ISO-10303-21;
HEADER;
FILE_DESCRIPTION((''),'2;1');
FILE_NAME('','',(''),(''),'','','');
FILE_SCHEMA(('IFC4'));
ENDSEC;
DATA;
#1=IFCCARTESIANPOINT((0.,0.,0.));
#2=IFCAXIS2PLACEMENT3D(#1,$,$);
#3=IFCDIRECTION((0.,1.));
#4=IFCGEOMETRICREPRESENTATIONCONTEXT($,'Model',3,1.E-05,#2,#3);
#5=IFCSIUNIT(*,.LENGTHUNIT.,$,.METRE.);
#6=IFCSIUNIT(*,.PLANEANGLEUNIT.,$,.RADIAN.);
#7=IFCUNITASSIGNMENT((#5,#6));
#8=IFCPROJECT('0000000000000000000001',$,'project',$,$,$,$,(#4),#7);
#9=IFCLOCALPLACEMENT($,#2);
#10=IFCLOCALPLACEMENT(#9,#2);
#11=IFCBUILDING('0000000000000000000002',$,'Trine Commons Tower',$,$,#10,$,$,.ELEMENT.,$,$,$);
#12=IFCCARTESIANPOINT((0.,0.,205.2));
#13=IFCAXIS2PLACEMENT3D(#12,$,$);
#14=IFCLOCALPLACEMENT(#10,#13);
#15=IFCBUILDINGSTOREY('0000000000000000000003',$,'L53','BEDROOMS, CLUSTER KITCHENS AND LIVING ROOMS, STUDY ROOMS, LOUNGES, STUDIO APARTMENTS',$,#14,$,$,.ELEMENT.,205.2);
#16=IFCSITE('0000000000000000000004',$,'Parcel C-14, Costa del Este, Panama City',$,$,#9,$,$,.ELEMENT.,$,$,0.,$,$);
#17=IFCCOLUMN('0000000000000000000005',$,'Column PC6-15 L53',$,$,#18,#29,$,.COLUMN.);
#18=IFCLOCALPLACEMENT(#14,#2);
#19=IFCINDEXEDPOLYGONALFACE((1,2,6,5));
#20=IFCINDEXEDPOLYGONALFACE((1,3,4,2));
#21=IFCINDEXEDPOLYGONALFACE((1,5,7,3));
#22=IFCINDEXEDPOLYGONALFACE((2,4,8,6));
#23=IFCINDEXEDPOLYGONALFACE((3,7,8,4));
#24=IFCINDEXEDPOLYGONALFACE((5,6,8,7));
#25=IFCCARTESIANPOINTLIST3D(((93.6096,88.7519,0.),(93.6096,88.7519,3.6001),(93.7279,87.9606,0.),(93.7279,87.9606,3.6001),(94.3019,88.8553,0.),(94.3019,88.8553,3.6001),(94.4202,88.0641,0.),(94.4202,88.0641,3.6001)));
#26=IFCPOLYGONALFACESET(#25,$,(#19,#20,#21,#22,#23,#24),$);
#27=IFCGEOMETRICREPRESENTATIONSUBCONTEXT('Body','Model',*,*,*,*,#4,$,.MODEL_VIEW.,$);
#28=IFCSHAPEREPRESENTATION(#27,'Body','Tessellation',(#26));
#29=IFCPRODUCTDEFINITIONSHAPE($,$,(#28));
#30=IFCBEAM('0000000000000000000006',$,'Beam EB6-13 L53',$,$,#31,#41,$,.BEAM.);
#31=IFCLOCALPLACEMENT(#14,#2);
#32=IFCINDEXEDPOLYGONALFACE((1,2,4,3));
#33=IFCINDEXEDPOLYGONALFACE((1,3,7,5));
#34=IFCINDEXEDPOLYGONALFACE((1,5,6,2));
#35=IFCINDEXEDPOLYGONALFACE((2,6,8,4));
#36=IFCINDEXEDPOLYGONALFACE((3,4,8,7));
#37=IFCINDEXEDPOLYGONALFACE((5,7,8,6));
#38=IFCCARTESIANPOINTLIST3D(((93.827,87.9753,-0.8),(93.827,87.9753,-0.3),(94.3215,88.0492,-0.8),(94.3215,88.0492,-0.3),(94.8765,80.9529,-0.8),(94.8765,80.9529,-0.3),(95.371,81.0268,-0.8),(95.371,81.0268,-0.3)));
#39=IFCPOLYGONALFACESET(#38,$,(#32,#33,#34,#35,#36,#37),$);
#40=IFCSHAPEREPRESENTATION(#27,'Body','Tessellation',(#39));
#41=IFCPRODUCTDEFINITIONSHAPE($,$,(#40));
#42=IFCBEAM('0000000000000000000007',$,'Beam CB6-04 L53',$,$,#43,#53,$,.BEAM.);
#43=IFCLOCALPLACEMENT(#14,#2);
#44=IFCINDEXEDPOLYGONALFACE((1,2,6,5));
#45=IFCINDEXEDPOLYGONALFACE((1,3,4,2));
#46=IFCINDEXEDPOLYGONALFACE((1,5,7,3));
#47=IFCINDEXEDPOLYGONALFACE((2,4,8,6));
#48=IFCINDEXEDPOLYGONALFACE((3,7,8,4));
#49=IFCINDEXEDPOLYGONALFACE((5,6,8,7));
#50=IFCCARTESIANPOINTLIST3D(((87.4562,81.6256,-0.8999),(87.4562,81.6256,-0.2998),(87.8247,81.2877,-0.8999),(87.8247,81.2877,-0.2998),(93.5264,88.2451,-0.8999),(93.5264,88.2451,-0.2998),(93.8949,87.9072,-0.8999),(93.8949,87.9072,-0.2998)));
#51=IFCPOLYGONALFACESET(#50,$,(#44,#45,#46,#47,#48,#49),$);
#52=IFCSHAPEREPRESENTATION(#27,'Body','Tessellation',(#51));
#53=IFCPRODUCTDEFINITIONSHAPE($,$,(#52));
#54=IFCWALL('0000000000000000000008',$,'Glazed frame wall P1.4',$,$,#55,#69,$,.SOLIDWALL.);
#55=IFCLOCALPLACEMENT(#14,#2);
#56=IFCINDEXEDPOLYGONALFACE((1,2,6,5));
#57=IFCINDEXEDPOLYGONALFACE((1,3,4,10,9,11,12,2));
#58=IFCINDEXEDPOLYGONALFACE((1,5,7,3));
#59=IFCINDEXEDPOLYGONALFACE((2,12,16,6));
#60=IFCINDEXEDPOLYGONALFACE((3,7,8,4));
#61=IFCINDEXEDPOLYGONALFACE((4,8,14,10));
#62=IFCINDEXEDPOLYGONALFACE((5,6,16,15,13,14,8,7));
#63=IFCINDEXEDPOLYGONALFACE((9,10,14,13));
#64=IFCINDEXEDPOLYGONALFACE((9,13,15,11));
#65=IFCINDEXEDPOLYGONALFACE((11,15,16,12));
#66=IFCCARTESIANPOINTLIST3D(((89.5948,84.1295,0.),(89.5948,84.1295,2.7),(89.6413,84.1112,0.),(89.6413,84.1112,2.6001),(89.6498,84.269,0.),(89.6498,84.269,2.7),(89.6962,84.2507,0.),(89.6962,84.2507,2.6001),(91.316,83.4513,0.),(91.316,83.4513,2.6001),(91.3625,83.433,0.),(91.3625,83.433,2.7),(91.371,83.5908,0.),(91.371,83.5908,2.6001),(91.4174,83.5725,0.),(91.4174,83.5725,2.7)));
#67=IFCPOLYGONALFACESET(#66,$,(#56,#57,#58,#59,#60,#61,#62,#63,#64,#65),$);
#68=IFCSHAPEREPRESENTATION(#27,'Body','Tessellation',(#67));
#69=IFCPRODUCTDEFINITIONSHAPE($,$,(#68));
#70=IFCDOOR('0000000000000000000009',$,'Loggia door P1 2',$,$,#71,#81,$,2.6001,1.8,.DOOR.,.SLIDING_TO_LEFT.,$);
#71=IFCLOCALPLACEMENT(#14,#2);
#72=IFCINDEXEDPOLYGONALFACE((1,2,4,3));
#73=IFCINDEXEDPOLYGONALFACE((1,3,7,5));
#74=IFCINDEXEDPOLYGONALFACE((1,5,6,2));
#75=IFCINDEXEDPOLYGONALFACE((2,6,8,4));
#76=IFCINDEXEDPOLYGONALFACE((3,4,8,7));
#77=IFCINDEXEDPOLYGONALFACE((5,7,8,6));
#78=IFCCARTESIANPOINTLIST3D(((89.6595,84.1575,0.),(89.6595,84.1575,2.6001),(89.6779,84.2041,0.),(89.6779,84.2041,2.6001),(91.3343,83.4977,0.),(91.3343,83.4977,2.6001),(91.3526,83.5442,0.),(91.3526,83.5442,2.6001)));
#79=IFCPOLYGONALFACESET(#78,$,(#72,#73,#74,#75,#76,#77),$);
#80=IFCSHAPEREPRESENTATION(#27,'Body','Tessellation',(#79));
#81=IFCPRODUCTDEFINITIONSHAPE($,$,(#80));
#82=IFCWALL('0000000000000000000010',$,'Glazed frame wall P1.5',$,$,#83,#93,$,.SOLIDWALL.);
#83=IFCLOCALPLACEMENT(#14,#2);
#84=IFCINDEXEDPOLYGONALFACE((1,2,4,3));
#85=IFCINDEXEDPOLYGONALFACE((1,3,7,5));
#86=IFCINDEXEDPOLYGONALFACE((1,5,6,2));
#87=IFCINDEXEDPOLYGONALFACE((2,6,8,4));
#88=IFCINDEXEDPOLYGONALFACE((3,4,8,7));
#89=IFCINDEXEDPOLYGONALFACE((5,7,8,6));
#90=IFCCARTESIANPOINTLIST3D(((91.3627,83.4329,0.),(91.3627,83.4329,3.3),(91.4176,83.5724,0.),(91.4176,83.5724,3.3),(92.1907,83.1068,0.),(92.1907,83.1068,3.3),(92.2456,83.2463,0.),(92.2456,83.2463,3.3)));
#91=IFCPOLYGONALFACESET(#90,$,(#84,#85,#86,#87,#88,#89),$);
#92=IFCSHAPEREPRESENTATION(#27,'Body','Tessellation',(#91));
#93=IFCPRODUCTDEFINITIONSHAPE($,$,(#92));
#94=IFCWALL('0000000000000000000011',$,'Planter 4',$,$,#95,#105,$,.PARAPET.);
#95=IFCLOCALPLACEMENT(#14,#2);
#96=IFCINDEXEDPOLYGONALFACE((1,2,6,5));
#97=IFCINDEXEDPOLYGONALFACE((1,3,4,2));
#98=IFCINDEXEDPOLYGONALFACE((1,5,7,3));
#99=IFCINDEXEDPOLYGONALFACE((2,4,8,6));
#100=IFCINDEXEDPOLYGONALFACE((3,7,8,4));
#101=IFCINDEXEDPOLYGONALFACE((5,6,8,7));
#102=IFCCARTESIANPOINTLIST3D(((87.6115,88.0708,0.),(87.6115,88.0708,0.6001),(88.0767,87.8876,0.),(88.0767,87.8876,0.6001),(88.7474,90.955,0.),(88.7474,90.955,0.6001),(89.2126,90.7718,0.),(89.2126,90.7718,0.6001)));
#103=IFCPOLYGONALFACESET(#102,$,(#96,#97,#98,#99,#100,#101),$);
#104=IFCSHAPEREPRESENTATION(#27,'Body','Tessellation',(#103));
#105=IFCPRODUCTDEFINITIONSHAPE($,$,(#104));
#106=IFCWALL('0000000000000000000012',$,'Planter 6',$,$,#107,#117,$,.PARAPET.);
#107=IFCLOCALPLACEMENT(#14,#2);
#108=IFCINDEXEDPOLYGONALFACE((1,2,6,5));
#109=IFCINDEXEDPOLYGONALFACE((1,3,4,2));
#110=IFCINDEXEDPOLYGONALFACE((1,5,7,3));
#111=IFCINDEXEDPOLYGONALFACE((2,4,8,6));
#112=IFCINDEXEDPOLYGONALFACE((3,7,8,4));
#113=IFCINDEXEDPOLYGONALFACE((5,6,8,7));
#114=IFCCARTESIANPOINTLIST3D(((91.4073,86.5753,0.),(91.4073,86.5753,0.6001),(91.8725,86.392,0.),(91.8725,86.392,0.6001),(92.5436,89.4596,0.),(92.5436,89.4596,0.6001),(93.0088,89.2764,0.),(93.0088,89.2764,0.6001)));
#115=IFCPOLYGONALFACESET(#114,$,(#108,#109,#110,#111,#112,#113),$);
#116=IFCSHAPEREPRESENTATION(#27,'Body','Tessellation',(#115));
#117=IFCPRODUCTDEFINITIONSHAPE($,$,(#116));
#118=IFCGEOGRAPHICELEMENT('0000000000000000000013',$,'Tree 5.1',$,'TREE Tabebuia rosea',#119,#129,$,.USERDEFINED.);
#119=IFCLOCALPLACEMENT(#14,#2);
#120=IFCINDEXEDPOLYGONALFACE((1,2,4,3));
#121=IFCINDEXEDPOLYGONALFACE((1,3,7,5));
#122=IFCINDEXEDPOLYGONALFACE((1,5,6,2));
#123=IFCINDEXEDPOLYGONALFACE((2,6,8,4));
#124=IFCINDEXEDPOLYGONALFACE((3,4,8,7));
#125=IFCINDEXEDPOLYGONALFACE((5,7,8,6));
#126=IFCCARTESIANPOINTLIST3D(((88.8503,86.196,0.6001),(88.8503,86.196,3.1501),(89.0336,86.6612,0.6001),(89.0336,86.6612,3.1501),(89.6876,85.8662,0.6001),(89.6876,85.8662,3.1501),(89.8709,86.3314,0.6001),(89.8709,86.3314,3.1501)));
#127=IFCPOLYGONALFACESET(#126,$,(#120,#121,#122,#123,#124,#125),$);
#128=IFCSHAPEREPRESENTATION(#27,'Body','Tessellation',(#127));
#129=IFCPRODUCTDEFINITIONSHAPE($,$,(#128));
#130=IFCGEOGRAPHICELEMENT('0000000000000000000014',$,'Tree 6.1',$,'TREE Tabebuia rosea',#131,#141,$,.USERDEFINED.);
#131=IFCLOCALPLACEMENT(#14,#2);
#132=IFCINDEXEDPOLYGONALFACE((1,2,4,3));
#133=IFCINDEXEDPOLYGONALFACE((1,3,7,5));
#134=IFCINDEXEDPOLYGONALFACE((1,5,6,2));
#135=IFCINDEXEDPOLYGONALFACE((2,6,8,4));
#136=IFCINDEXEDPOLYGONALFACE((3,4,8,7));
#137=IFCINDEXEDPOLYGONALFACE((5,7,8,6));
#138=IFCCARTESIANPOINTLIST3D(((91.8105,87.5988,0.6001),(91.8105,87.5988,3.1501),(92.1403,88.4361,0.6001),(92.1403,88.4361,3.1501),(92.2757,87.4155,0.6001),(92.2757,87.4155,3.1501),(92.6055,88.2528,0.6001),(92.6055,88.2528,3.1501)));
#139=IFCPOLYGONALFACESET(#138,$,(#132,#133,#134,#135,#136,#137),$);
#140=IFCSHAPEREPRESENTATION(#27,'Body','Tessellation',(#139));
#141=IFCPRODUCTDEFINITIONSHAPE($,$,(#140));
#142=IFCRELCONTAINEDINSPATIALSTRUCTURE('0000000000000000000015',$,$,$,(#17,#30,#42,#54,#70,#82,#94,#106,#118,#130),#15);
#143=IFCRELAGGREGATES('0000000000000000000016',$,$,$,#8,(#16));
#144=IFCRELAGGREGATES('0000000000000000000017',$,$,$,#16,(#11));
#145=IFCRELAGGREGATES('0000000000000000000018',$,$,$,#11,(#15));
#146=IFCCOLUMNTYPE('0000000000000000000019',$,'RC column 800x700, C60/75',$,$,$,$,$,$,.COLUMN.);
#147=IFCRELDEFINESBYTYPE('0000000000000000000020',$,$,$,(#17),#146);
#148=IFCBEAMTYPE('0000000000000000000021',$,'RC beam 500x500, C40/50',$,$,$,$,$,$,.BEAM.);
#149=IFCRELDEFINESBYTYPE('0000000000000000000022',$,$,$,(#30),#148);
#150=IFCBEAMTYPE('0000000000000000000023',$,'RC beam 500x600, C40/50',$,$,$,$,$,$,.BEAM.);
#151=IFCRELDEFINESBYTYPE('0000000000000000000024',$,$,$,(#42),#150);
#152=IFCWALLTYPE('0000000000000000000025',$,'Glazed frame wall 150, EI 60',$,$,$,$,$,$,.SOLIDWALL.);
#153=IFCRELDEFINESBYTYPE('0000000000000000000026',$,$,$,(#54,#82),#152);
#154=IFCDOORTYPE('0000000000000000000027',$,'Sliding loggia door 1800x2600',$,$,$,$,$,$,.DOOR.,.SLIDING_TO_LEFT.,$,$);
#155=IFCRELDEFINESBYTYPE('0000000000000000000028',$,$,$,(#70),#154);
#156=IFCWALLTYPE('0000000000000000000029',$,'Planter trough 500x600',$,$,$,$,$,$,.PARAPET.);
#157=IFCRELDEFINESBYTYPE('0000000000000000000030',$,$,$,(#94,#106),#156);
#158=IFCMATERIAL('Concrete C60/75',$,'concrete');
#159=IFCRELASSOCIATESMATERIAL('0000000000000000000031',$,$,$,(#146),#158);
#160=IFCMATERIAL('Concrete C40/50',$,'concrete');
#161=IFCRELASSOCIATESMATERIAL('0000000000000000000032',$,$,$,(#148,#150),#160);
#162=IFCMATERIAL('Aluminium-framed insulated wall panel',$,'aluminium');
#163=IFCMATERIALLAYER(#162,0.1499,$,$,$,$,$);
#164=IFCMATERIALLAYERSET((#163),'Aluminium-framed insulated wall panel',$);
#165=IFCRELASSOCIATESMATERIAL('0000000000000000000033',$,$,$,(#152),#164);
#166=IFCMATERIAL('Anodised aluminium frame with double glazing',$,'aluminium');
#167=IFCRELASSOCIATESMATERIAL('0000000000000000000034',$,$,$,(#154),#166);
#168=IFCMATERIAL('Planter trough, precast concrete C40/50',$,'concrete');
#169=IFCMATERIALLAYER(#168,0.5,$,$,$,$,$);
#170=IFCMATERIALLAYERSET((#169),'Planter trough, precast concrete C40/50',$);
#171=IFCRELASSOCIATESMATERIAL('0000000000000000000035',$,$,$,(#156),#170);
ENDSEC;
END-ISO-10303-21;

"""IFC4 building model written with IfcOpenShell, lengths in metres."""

from ifc_helpers import new_model, si_unit, direction, frame, frame_2d, origin, origin_2d, place, context, subcontext, project, spatial, polyline, rectangle, outline, extrude, material, layer, layer_set, material_profile, profile_set, type_object, element, fill, save


model = new_model("IFC4")

# Units and contexts
model_context = context("Model", 3, precision=1e-05, world=origin(), true_north=direction((0.0, 1.0)))
body_context = subcontext(model_context, "Body", "Model", "MODEL_VIEW")
ifc_project = project(units=[si_unit("LENGTHUNIT", "METRE"), si_unit("PLANEANGLEUNIT", "RADIAN")], contexts=[model_context])

# Site, building, storey
site_placement = place(None, origin())
site = spatial("IfcSite", under=ifc_project, at=site_placement, Name="Parcel C-14, Costa del Este, Panama City", CompositionType="ELEMENT", RefElevation=0.0)
building_placement = place(site_placement, origin())
building = spatial("IfcBuilding", under=site, at=building_placement, Name="Trine Commons Tower", CompositionType="ELEMENT")
storey_placement = place(building_placement, frame((0.0, 0.0, 205.2)))
storey = spatial("IfcBuildingStorey", under=building, at=storey_placement, Name="L53", Description="BEDROOMS, CLUSTER KITCHENS AND LIVING ROOMS, STUDY ROOMS, LOUNGES, STUDIO APARTMENTS", CompositionType="ELEMENT", Elevation=205.2)

# Column
ifc_material_1 = material(Name="Concrete C60/75", Category="concrete")
ifc_material_profile_1 = material_profile(ifc_material_1, rectangle(XDim=0.8, YDim=0.7, at=origin_2d()), Name="RC 800x700")
ifc_profile_set_1 = profile_set([ifc_material_profile_1], Name="Concrete C60/75")
column_type = type_object("IfcColumnType", Name="RC column 800x700, C60/75", PredefinedType="COLUMN", material=ifc_profile_set_1)
column_placement = place(storey_placement, frame((94.0149, 88.408, 0.0), z_axis=(0.0, 0.0, 1.0), x_axis=(-0.147809, 0.989016, 0.0)))
element("IfcColumn", 1, at=column_placement, inside=storey, type_object=column_type, Name="Column PC6-15 L53", PredefinedType="COLUMN", context=body_context, shape_type="SweptSolid", body=[
    extrude(rectangle(XDim=0.8, YDim=0.7, at=origin_2d()), origin(), (0.0, 0.0, 1.0), 3.6001),
])

# Beams
ifc_material_2 = material(Name="Concrete C40/50", Category="concrete")
ifc_material_profile_2 = material_profile(ifc_material_2, rectangle(XDim=0.5, YDim=0.5, at=origin_2d()), Name="RC 500x500")
ifc_profile_set_2 = profile_set([ifc_material_profile_2], Name="Concrete C40/50")
beam_type_1 = type_object("IfcBeamType", Name="RC beam 500x500, C40/50", PredefinedType="BEAM", material=ifc_profile_set_2)
beam_1_placement = place(storey_placement, frame((94.0742, 88.0122, -0.55), z_axis=(0.147816, -0.989015, 0.0), x_axis=(0.989015, 0.147816, 0.0)))
element("IfcBeam", 2, at=beam_1_placement, inside=storey, type_object=beam_type_1, Name="Beam EB6-13 L53", PredefinedType="BEAM", context=body_context, shape_type="SweptSolid", body=[
    extrude(rectangle(XDim=0.5, YDim=0.5, at=origin_2d()), origin(), (0.0, 0.0, 1.0), 7.1003),
])
ifc_material_profile_3 = material_profile(ifc_material_2, rectangle(XDim=0.5, YDim=0.6001, at=origin_2d()), Name="RC 500x600")
ifc_profile_set_3 = profile_set([ifc_material_profile_3], Name="Concrete C40/50")
beam_type_2 = type_object("IfcBeamType", Name="RC beam 500x600, C40/50", PredefinedType="BEAM", material=ifc_profile_set_3)
beam_2_placement = place(storey_placement, frame((93.7107, 88.0762, -0.5999), z_axis=(-0.675865, -0.737025, 0.0), x_axis=(0.737025, -0.675865, 0.0)))
element("IfcBeam", 3, at=beam_2_placement, inside=storey, type_object=beam_type_2, Name="Beam CB6-04 L53", PredefinedType="BEAM", context=body_context, shape_type="SweptSolid", body=[
    extrude(rectangle(XDim=0.5, YDim=0.6001, at=origin_2d()), origin(), (0.0, 0.0, 1.0), 8.9814),
])

# Wall, opening, door
ifc_material_3 = material(Name="Aluminium-framed insulated wall panel", Category="aluminium")
ifc_layer_1 = layer(ifc_material_3, 0.1499)
ifc_layer_set_1 = layer_set([ifc_layer_1], Name="Aluminium-framed insulated wall panel")
wall_type_1 = type_object("IfcWallType", Name="Glazed frame wall 150, EI 60", PredefinedType="SOLIDWALL", material=ifc_layer_set_1)
wall_1_placement = place(storey_placement, frame((89.6223, 84.1992, 0.0), z_axis=(0.0, 0.0, 1.0), x_axis=(0.930387, -0.366578, 0.0)))
wall_1 = element("IfcWall", 4, at=wall_1_placement, inside=storey, type_object=wall_type_1, Name="Glazed frame wall P1.4", PredefinedType="SOLIDWALL", context=body_context, shape_type="SweptSolid", body=[
    extrude(outline(polyline([(0.0, -0.075), (1.8999, -0.075), (1.8999, 0.075), (0.0, 0.075), (0.0, -0.075)])), origin(), (0.0, 0.0, 1.0), 2.7),
])
opening_1_placement = place(wall_1_placement, frame((0.05, 0.0, 0.0)))
opening_1 = element("IfcOpeningElement", 5, at=opening_1_placement, cuts=wall_1, PredefinedType="OPENING", context=body_context, shape_type="SweptSolid", body=[
    extrude(rectangle(XDim=1.8, YDim=2.6001, at=frame_2d((0.8999, 1.3))), frame((0.0, 0.085, 0.0), z_axis=(0.0, -1.0, 0.0), x_axis=(1.0, 0.0, 0.0)), (0.0, 0.0, 1.0), 0.1699),
])
ifc_material_4 = material(Name="Anodised aluminium frame with double glazing", Category="aluminium")
door_type = type_object("IfcDoorType", Name="Sliding loggia door 1800x2600", OperationType="SLIDING_TO_LEFT", PredefinedType="DOOR", material=ifc_material_4)
door_1_placement = place(opening_1_placement, origin())
door_1 = element("IfcDoor", 6, at=door_1_placement, inside=storey, type_object=door_type, Name="Loggia door P1 2", OperationType="SLIDING_TO_LEFT", OverallHeight=2.6001, OverallWidth=1.8, PredefinedType="DOOR", context=body_context, shape_type="SweptSolid", body=[
    extrude(rectangle(XDim=1.8, YDim=2.6001, at=frame_2d((0.8999, 1.3))), frame((0.0, 0.0249, 0.0), z_axis=(0.0, -1.0, 0.0), x_axis=(1.0, 0.0, 0.0)), (0.0, 0.0, 1.0), 0.05),
])
fill(opening_1, door_1)

# Wall
wall_2_placement = place(storey_placement, frame((91.3901, 83.5027, 0.0), z_axis=(0.0, 0.0, 1.0), x_axis=(0.930434, -0.36646, 0.0)))
element("IfcWall", 7, at=wall_2_placement, inside=storey, type_object=wall_type_1, Name="Glazed frame wall P1.5", PredefinedType="SOLIDWALL", context=body_context, shape_type="SweptSolid", body=[
    extrude(outline(polyline([(0.8899, 0.075), (0.0, 0.075), (0.0, -0.075), (0.8899, -0.075), (0.8899, 0.075)])), origin(), (0.0, 0.0, 1.0), 3.3),
])

# Walls
ifc_material_5 = material(Name="Planter trough, precast concrete C40/50", Category="concrete")
ifc_layer_2 = layer(ifc_material_5, 0.5)
ifc_layer_set_2 = layer_set([ifc_layer_2], Name="Planter trough, precast concrete C40/50")
wall_type_2 = type_object("IfcWallType", Name="Planter trough 500x600", PredefinedType="PARAPET", material=ifc_layer_set_2)
wall_3_placement = place(storey_placement, frame((88.98, 90.8633, 0.0), z_axis=(0.0, 0.0, 1.0), x_axis=(-0.366456, -0.930435, 0.0)))
element("IfcWall", 8, at=wall_3_placement, inside=storey, type_object=wall_type_2, Name="Planter 4", PredefinedType="PARAPET", context=body_context, shape_type="SweptSolid", body=[
    extrude(rectangle(XDim=3.0999, YDim=0.5, at=frame_2d((1.5498, 0.0))), origin(), (0.0, 0.0, 1.0), 0.6001),
])
wall_4_placement = place(storey_placement, frame((91.6399, 86.4836, 0.0), z_axis=(0.0, 0.0, 1.0), x_axis=(0.366525, 0.930408, 0.0)))
element("IfcWall", 9, at=wall_4_placement, inside=storey, type_object=wall_type_2, Name="Planter 6", PredefinedType="PARAPET", context=body_context, shape_type="SweptSolid", body=[
    extrude(rectangle(XDim=3.1001, YDim=0.5, at=frame_2d((1.55, 0.0))), origin(), (0.0, 0.0, 1.0), 0.6001),
])

# Geographic elements
for number, where, z_axis, x_axis, name in (
    (10, (89.3606, 86.2637, 0.6001), (0.0, 0.0, 1.0), (0.930417, -0.366503, 0.0), "Tree 5.1"),
    (11, (92.208, 87.9258, 0.6001), (0.0, 0.0, 1.0), (0.366521, 0.93041, 0.0), "Tree 6.1"),
):
    element("IfcGeographicElement", number, at=place(storey_placement, frame(where, z_axis=z_axis, x_axis=x_axis)), inside=storey, Name=name, ObjectType="TREE Tabebuia rosea", PredefinedType="USERDEFINED", context=body_context, shape_type="SweptSolid", body=[
        extrude(rectangle(XDim=0.8999, YDim=0.5, at=origin_2d()), origin(), (0.0, 0.0, 1.0), 2.55),
    ])

save(model, "model.ifc")
